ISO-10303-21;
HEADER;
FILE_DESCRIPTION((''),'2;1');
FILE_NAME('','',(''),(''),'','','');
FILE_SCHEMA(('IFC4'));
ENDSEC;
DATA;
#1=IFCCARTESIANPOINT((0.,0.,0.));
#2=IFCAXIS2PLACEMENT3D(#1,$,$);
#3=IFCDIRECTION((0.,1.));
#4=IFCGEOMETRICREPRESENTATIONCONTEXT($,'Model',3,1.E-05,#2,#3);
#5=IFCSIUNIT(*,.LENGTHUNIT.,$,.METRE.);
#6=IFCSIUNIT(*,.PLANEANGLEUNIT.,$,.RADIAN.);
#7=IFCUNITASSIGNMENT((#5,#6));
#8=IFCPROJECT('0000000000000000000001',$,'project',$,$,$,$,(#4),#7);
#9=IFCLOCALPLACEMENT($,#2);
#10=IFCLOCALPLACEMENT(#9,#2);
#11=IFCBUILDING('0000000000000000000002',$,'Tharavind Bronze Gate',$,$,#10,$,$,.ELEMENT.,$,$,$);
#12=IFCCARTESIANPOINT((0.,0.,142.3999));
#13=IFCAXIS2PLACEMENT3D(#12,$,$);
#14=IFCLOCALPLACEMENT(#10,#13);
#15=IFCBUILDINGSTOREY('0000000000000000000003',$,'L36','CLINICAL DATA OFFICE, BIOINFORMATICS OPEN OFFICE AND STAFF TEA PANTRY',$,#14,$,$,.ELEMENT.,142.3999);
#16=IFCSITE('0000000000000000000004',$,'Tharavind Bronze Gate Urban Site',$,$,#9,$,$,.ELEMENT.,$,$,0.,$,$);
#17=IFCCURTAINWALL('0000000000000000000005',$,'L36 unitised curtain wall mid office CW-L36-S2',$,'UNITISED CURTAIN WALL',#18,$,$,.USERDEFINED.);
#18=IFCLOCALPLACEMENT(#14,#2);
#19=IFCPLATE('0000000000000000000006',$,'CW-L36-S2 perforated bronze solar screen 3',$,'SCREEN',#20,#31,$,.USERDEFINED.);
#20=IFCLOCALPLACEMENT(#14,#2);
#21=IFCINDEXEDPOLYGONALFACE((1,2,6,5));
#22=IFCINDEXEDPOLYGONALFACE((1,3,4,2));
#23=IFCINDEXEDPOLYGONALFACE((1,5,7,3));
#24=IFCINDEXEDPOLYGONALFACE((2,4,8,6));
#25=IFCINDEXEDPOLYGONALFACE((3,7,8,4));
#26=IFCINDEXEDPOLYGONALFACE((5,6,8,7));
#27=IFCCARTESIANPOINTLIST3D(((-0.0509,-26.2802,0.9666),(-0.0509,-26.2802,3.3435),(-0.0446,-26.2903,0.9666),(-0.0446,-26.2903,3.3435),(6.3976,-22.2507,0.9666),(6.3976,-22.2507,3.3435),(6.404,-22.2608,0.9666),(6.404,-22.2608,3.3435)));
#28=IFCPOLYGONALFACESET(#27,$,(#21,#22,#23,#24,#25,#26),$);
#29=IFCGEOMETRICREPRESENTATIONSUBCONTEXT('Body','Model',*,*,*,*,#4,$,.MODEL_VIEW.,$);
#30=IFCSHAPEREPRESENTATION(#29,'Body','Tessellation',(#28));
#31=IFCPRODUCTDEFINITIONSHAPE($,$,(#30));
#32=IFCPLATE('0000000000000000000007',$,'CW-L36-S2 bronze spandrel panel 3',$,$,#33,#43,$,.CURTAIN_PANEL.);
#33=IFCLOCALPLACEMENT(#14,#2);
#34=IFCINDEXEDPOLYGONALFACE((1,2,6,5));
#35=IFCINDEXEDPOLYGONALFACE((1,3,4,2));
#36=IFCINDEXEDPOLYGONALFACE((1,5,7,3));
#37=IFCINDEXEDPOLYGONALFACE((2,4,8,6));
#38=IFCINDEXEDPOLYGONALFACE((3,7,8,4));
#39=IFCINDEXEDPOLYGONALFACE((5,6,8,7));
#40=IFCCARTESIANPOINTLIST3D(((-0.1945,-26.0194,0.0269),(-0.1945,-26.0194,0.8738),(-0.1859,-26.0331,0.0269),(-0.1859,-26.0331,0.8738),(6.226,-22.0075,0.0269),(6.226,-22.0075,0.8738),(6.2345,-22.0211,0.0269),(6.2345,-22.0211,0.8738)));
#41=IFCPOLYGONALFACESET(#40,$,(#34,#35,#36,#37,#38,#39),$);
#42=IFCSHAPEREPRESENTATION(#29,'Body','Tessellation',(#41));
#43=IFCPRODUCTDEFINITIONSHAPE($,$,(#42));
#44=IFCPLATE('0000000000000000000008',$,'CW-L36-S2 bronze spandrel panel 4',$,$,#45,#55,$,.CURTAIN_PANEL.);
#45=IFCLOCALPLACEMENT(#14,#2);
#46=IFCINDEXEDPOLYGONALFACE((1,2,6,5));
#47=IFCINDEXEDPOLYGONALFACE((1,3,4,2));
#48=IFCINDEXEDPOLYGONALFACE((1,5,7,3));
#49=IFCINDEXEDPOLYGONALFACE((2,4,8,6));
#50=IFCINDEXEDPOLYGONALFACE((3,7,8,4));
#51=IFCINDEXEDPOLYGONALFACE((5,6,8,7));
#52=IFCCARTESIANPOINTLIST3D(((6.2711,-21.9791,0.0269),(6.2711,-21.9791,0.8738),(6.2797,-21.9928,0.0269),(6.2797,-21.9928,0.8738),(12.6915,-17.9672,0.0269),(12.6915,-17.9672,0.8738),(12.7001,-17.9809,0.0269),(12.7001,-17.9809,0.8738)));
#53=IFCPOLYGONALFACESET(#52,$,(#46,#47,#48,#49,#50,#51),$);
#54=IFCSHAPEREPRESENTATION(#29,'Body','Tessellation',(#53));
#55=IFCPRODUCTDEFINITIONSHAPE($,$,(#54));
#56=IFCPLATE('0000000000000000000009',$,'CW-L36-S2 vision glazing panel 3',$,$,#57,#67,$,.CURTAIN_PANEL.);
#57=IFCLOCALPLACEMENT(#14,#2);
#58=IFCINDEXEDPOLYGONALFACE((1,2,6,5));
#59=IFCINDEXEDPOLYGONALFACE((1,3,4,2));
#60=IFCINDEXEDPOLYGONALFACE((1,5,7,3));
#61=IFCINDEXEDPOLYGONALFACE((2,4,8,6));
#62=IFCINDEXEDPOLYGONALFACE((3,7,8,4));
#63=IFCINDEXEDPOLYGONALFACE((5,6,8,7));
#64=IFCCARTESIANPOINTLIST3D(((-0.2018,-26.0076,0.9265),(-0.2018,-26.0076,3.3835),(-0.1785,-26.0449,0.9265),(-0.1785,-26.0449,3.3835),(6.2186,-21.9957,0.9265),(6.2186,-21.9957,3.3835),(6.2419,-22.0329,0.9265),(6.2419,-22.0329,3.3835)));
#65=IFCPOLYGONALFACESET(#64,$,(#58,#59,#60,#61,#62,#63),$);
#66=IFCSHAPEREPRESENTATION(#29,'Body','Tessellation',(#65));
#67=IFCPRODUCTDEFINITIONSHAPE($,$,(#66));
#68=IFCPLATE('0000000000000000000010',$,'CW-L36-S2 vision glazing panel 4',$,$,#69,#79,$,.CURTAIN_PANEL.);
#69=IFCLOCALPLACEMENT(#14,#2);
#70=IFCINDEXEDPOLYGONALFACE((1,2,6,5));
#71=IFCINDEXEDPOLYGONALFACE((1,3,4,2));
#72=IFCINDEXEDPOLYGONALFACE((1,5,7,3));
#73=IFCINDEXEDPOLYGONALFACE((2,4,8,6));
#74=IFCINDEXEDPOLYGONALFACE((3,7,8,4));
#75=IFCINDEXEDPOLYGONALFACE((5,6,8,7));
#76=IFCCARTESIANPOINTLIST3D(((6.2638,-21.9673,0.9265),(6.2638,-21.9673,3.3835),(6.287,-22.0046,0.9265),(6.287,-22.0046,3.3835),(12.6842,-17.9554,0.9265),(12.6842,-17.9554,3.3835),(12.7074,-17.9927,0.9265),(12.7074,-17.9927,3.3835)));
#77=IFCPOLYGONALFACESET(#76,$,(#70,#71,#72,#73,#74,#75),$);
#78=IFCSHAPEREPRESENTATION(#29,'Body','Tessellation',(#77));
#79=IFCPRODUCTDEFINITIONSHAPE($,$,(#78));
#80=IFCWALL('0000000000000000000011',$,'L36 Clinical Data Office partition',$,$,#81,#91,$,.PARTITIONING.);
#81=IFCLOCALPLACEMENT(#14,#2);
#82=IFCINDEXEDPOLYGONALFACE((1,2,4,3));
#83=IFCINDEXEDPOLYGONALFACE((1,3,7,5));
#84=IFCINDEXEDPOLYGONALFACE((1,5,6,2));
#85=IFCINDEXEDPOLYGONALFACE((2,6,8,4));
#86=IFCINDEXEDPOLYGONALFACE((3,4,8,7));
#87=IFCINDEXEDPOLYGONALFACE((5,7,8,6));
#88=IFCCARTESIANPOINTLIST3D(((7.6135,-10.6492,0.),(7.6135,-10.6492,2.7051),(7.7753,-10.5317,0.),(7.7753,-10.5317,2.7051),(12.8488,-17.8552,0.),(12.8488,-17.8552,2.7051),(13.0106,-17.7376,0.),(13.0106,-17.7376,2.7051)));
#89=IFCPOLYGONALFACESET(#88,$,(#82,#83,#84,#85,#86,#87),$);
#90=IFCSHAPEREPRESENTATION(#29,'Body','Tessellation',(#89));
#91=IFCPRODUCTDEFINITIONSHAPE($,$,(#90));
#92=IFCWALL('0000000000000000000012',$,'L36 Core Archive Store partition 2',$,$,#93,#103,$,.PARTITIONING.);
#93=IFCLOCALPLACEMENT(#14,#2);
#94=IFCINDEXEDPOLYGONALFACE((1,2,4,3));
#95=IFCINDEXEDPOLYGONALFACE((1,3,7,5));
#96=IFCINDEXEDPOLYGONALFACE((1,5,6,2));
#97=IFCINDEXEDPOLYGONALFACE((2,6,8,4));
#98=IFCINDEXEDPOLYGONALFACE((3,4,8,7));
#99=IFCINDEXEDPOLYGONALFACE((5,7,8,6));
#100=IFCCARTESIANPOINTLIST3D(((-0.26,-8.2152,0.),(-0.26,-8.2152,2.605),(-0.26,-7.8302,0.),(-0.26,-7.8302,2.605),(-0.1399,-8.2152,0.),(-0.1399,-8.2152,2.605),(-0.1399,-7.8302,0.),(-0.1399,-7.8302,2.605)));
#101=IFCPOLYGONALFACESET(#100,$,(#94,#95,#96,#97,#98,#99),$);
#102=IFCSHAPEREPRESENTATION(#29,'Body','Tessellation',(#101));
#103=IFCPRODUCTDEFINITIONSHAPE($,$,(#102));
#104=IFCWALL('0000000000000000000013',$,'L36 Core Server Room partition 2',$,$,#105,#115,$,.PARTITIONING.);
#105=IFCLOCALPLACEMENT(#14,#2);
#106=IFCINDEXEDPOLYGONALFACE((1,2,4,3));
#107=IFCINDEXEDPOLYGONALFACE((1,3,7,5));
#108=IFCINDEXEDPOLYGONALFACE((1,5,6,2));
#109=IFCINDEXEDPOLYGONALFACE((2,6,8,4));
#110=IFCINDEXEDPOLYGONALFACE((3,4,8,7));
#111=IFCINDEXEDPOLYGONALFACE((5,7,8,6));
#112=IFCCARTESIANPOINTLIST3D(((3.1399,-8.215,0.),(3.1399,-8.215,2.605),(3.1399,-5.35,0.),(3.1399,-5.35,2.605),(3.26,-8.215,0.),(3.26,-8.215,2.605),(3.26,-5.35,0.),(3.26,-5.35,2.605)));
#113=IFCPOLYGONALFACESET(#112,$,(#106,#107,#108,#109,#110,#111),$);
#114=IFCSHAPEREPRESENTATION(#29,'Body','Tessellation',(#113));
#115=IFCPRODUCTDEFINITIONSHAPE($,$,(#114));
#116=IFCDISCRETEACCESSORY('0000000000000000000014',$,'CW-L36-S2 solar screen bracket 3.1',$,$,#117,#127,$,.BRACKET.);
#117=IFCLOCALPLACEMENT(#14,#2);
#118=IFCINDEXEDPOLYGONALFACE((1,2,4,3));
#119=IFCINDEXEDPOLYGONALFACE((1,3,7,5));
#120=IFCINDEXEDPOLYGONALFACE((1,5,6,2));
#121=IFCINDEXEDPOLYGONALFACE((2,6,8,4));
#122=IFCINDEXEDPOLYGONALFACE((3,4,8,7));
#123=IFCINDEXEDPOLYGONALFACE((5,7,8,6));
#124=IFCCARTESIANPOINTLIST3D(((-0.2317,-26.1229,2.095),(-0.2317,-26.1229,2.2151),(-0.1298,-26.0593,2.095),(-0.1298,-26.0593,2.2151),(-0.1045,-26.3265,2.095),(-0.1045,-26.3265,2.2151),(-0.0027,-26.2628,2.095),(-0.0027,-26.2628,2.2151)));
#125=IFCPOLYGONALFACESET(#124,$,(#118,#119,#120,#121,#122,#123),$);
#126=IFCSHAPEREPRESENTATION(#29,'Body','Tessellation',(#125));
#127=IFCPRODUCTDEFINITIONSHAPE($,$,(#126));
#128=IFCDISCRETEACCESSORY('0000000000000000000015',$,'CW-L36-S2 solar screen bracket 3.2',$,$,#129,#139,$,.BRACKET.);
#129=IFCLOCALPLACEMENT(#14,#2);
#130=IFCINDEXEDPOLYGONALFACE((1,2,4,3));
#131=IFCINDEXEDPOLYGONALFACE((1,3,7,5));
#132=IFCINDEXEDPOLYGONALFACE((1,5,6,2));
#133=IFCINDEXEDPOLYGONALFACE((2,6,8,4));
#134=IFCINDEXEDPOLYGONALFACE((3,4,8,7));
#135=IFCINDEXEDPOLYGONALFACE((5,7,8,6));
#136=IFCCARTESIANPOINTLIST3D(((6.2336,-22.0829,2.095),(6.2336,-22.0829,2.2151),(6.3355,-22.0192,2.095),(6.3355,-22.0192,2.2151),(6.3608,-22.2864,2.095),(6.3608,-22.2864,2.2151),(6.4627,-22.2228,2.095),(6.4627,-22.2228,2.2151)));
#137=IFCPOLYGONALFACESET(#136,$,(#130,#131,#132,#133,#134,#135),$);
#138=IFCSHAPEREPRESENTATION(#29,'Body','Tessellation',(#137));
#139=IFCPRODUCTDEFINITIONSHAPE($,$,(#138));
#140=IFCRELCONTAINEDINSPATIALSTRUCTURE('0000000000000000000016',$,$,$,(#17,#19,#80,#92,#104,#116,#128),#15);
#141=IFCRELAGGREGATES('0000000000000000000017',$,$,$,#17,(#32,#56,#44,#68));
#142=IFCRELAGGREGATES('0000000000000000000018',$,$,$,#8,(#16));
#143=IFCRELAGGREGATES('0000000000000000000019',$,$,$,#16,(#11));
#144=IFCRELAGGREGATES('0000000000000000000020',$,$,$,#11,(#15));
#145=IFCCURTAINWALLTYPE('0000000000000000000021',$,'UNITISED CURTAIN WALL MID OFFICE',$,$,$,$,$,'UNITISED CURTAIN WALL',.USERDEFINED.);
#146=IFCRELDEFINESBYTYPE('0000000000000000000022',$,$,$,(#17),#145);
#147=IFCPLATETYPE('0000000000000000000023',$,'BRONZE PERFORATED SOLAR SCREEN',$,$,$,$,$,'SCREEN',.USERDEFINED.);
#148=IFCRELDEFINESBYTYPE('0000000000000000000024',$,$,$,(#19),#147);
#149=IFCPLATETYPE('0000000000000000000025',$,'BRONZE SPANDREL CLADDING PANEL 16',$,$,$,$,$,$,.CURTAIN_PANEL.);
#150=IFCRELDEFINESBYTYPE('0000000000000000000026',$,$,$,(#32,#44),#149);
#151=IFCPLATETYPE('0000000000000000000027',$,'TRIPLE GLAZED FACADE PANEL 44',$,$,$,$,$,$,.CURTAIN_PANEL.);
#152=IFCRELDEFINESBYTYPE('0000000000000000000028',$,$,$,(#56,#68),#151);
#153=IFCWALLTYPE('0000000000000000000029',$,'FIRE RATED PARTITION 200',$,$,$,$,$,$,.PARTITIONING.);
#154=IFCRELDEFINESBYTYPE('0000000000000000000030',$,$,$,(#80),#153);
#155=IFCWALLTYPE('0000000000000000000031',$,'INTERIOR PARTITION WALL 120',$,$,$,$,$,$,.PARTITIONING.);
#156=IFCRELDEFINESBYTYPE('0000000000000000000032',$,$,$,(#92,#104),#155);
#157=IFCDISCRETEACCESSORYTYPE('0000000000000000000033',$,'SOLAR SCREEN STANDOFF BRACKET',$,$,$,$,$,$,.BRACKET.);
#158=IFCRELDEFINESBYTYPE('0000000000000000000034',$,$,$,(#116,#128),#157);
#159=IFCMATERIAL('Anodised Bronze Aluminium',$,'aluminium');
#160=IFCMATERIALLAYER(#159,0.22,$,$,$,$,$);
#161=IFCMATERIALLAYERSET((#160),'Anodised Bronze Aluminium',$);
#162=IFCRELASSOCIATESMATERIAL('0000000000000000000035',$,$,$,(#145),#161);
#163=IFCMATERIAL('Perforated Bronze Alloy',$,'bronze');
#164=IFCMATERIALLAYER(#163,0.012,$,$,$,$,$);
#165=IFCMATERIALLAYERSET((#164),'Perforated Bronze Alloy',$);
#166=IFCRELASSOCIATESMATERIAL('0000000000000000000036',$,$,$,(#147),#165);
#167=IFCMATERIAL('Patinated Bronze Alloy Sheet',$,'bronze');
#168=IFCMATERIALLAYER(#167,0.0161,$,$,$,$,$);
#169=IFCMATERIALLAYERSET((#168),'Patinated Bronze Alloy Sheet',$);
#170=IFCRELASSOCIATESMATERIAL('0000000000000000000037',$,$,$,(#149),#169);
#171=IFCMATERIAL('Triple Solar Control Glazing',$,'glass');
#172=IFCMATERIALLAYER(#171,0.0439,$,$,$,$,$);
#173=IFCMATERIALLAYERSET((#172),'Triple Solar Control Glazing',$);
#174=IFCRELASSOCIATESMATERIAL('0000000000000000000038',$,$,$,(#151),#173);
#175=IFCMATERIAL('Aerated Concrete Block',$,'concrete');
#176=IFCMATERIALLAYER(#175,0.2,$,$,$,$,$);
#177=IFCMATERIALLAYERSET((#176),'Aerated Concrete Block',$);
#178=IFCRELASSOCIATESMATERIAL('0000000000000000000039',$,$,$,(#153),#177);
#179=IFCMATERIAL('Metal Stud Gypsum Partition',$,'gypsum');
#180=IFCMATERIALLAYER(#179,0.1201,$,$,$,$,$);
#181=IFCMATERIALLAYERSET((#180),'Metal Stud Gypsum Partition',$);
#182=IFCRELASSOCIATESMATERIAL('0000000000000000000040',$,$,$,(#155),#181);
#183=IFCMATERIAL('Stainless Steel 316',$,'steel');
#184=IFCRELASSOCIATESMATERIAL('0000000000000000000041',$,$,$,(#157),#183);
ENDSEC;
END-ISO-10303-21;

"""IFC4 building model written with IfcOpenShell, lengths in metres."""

from ifc_helpers import new_model, si_unit, direction, frame, frame_2d, origin, origin_2d, place, context, subcontext, project, spatial, rectangle, extrude, material, layer, layer_set, type_object, element, aggregate, save


model = new_model("IFC4")

# Units and contexts
model_context = context("Model", 3, precision=1e-05, world=origin(), true_north=direction((0.0, 1.0)))
body_context = subcontext(model_context, "Body", "Model", "MODEL_VIEW")
ifc_project = project(units=[si_unit("LENGTHUNIT", "METRE"), si_unit("PLANEANGLEUNIT", "RADIAN")], contexts=[model_context])

# Site, building, storey
site_placement = place(None, origin())
site = spatial("IfcSite", under=ifc_project, at=site_placement, Name="Tharavind Bronze Gate Urban Site", CompositionType="ELEMENT", RefElevation=0.0)
building_placement = place(site_placement, origin())
building = spatial("IfcBuilding", under=site, at=building_placement, Name="Tharavind Bronze Gate", CompositionType="ELEMENT")
storey_placement = place(building_placement, frame((0.0, 0.0, 142.3999)))
storey = spatial("IfcBuildingStorey", under=building, at=storey_placement, Name="L36", Description="CLINICAL DATA OFFICE, BIOINFORMATICS OPEN OFFICE AND STAFF TEA PANTRY", CompositionType="ELEMENT", Elevation=142.3999)

# Curtain wall
ifc_material_1 = material(Name="Anodised Bronze Aluminium", Category="aluminium")
ifc_layer_1 = layer(ifc_material_1, 0.22)
ifc_layer_set_1 = layer_set([ifc_layer_1], Name="Anodised Bronze Aluminium")
curtain_wall_type = type_object("IfcCurtainWallType", Name="UNITISED CURTAIN WALL MID OFFICE", ElementType="UNITISED CURTAIN WALL", PredefinedType="USERDEFINED", material=ifc_layer_set_1)
curtain_wall_placement = place(storey_placement, origin())
curtain_wall = element("IfcCurtainWall", 1, at=curtain_wall_placement, inside=storey, type_object=curtain_wall_type, Name="L36 unitised curtain wall mid office CW-L36-S2", ObjectType="UNITISED CURTAIN WALL", PredefinedType="USERDEFINED")

# Plates
ifc_material_2 = material(Name="Perforated Bronze Alloy", Category="bronze")
ifc_layer_2 = layer(ifc_material_2, 0.012)
ifc_layer_set_2 = layer_set([ifc_layer_2], Name="Perforated Bronze Alloy")
plate_type_1 = type_object("IfcPlateType", Name="BRONZE PERFORATED SOLAR SCREEN", ElementType="SCREEN", PredefinedType="USERDEFINED", material=ifc_layer_set_2)
plate_1_placement = place(storey_placement, frame((3.1765, -24.2705, 0.9666), z_axis=(0.0, 0.0, 1.0), x_axis=(0.848048, 0.529919, 0.0)))
element("IfcPlate", 2, at=plate_1_placement, inside=storey, type_object=plate_type_1, Name="CW-L36-S2 perforated bronze solar screen 3", ObjectType="SCREEN", PredefinedType="USERDEFINED", context=body_context, shape_type="SweptSolid", body=[
    extrude(rectangle(XDim=7.604, YDim=0.012, at=origin_2d()), origin(), (0.0, 0.0, 1.0), 2.377),
])
ifc_material_3 = material(Name="Patinated Bronze Alloy Sheet", Category="bronze")
ifc_layer_3 = layer(ifc_material_3, 0.0161)
ifc_layer_set_3 = layer_set([ifc_layer_3], Name="Patinated Bronze Alloy Sheet")
plate_type_2 = type_object("IfcPlateType", Name="BRONZE SPANDREL CLADDING PANEL 16", PredefinedType="CURTAIN_PANEL", material=ifc_layer_set_3)
plate_2_placement = place(storey_placement, frame((3.02, -24.0203, 0.0269), z_axis=(0.0, 0.0, 1.0), x_axis=(0.848048, 0.529919, 0.0)))
plate_2 = element("IfcPlate", 3, at=plate_2_placement, type_object=plate_type_2, Name="CW-L36-S2 bronze spandrel panel 3", PredefinedType="CURTAIN_PANEL", context=body_context, shape_type="SweptSolid", body=[
    extrude(rectangle(XDim=7.5708, YDim=0.0161, at=origin_2d()), origin(), (0.0, 0.0, 1.0), 0.8469),
])
plate_3_placement = place(storey_placement, frame((9.4856, -19.98, 0.0269), z_axis=(0.0, 0.0, 1.0), x_axis=(0.848048, 0.529919, 0.0)))
plate_3 = element("IfcPlate", 4, at=plate_3_placement, type_object=plate_type_2, Name="CW-L36-S2 bronze spandrel panel 4", PredefinedType="CURTAIN_PANEL", context=body_context, shape_type="SweptSolid", body=[
    extrude(rectangle(XDim=7.5708, YDim=0.0161, at=origin_2d()), origin(), (0.0, 0.0, 1.0), 0.8469),
])
ifc_material_4 = material(Name="Triple Solar Control Glazing", Category="glass")
ifc_layer_4 = layer(ifc_material_4, 0.0439)
ifc_layer_set_4 = layer_set([ifc_layer_4], Name="Triple Solar Control Glazing")
plate_type_3 = type_object("IfcPlateType", Name="TRIPLE GLAZED FACADE PANEL 44", PredefinedType="CURTAIN_PANEL", material=ifc_layer_set_4)
plate_4_placement = place(storey_placement, frame((3.02, -24.0203, 0.9265), z_axis=(0.0, 0.0, 1.0), x_axis=(0.848048, 0.529919, 0.0)))
plate_4 = element("IfcPlate", 5, at=plate_4_placement, type_object=plate_type_3, Name="CW-L36-S2 vision glazing panel 3", PredefinedType="CURTAIN_PANEL", context=body_context, shape_type="SweptSolid", body=[
    extrude(rectangle(XDim=7.5708, YDim=0.0439, at=origin_2d()), origin(), (0.0, 0.0, 1.0), 2.457),
])
plate_5_placement = place(storey_placement, frame((9.4856, -19.98, 0.9265), z_axis=(0.0, 0.0, 1.0), x_axis=(0.848048, 0.529919, 0.0)))
plate_5 = element("IfcPlate", 6, at=plate_5_placement, type_object=plate_type_3, Name="CW-L36-S2 vision glazing panel 4", PredefinedType="CURTAIN_PANEL", context=body_context, shape_type="SweptSolid", body=[
    extrude(rectangle(XDim=7.5708, YDim=0.0439, at=origin_2d()), origin(), (0.0, 0.0, 1.0), 2.457),
])
aggregate(curtain_wall, [plate_2, plate_4, plate_3, plate_5])

# Walls
ifc_material_5 = material(Name="Aerated Concrete Block", Category="concrete")
ifc_layer_5 = layer(ifc_material_5, 0.2)
ifc_layer_set_5 = layer_set([ifc_layer_5], Name="Aerated Concrete Block")
wall_type_1 = type_object("IfcWallType", Name="FIRE RATED PARTITION 200", PredefinedType="PARTITIONING", material=ifc_layer_set_5)
wall_1_placement = place(storey_placement, frame((7.6943, -10.5903, 0.0), z_axis=(0.0, 0.0, 1.0), x_axis=(0.587774, -0.809025, 0.0)))
element("IfcWall", 7, at=wall_1_placement, inside=storey, type_object=wall_type_1, Name="L36 Clinical Data Office partition", PredefinedType="PARTITIONING", context=body_context, shape_type="SweptSolid", body=[
    extrude(rectangle(XDim=8.907, YDim=0.2, at=frame_2d((4.4536, 0.0))), origin(), (0.0, 0.0, 1.0), 2.7051),
])
ifc_material_6 = material(Name="Metal Stud Gypsum Partition", Category="gypsum")
ifc_layer_6 = layer(ifc_material_6, 0.1201)
ifc_layer_set_6 = layer_set([ifc_layer_6], Name="Metal Stud Gypsum Partition")
wall_type_2 = type_object("IfcWallType", Name="INTERIOR PARTITION WALL 120", PredefinedType="PARTITIONING", material=ifc_layer_set_6)
wall_2_placement = place(storey_placement, frame((-0.2, -8.2151, 0.0), z_axis=(0.0, 0.0, 1.0), x_axis=(0.0, 1.0, 0.0)))
element("IfcWall", 8, at=wall_2_placement, inside=storey, type_object=wall_type_2, Name="L36 Core Archive Store partition 2", PredefinedType="PARTITIONING", context=body_context, shape_type="SweptSolid", body=[
    extrude(rectangle(XDim=0.385, YDim=0.1201, at=frame_2d((0.1924, 0.0))), origin(), (0.0, 0.0, 1.0), 2.605),
])
wall_3_placement = place(storey_placement, frame((3.2, -8.2151, 0.0), z_axis=(0.0, 0.0, 1.0), x_axis=(0.0, 1.0, 0.0)))
element("IfcWall", 9, at=wall_3_placement, inside=storey, type_object=wall_type_2, Name="L36 Core Server Room partition 2", PredefinedType="PARTITIONING", context=body_context, shape_type="SweptSolid", body=[
    extrude(rectangle(XDim=2.865, YDim=0.1201, at=frame_2d((1.4326, 0.0))), origin(), (0.0, 0.0, 1.0), 2.605),
])

# Discrete accessories
ifc_material_7 = material(Name="Stainless Steel 316", Category="steel")
discrete_accessory_type = type_object("IfcDiscreteAccessoryType", Name="SOLAR SCREEN STANDOFF BRACKET", PredefinedType="BRACKET", material=ifc_material_7)
for number, where, z_axis, x_axis, name in (
    (10, (-0.1172, -26.1929, 2.095), (0.0, 0.0, 1.0), (0.848048, 0.529919, 0.0), "CW-L36-S2 solar screen bracket 3.1"),
    (11, (6.3481, -22.1528, 2.095), (0.0, 0.0, 1.0), (0.848048, 0.529919, 0.0), "CW-L36-S2 solar screen bracket 3.2"),
):
    element("IfcDiscreteAccessory", number, at=place(storey_placement, frame(where, z_axis=z_axis, x_axis=x_axis)), inside=storey, type_object=discrete_accessory_type, Name=name, PredefinedType="BRACKET", context=body_context, shape_type="SweptSolid", body=[
        extrude(rectangle(XDim=0.1201, YDim=0.24, at=origin_2d()), origin(), (0.0, 0.0, 1.0), 0.1201),
    ])

save(model, "model.ifc")
